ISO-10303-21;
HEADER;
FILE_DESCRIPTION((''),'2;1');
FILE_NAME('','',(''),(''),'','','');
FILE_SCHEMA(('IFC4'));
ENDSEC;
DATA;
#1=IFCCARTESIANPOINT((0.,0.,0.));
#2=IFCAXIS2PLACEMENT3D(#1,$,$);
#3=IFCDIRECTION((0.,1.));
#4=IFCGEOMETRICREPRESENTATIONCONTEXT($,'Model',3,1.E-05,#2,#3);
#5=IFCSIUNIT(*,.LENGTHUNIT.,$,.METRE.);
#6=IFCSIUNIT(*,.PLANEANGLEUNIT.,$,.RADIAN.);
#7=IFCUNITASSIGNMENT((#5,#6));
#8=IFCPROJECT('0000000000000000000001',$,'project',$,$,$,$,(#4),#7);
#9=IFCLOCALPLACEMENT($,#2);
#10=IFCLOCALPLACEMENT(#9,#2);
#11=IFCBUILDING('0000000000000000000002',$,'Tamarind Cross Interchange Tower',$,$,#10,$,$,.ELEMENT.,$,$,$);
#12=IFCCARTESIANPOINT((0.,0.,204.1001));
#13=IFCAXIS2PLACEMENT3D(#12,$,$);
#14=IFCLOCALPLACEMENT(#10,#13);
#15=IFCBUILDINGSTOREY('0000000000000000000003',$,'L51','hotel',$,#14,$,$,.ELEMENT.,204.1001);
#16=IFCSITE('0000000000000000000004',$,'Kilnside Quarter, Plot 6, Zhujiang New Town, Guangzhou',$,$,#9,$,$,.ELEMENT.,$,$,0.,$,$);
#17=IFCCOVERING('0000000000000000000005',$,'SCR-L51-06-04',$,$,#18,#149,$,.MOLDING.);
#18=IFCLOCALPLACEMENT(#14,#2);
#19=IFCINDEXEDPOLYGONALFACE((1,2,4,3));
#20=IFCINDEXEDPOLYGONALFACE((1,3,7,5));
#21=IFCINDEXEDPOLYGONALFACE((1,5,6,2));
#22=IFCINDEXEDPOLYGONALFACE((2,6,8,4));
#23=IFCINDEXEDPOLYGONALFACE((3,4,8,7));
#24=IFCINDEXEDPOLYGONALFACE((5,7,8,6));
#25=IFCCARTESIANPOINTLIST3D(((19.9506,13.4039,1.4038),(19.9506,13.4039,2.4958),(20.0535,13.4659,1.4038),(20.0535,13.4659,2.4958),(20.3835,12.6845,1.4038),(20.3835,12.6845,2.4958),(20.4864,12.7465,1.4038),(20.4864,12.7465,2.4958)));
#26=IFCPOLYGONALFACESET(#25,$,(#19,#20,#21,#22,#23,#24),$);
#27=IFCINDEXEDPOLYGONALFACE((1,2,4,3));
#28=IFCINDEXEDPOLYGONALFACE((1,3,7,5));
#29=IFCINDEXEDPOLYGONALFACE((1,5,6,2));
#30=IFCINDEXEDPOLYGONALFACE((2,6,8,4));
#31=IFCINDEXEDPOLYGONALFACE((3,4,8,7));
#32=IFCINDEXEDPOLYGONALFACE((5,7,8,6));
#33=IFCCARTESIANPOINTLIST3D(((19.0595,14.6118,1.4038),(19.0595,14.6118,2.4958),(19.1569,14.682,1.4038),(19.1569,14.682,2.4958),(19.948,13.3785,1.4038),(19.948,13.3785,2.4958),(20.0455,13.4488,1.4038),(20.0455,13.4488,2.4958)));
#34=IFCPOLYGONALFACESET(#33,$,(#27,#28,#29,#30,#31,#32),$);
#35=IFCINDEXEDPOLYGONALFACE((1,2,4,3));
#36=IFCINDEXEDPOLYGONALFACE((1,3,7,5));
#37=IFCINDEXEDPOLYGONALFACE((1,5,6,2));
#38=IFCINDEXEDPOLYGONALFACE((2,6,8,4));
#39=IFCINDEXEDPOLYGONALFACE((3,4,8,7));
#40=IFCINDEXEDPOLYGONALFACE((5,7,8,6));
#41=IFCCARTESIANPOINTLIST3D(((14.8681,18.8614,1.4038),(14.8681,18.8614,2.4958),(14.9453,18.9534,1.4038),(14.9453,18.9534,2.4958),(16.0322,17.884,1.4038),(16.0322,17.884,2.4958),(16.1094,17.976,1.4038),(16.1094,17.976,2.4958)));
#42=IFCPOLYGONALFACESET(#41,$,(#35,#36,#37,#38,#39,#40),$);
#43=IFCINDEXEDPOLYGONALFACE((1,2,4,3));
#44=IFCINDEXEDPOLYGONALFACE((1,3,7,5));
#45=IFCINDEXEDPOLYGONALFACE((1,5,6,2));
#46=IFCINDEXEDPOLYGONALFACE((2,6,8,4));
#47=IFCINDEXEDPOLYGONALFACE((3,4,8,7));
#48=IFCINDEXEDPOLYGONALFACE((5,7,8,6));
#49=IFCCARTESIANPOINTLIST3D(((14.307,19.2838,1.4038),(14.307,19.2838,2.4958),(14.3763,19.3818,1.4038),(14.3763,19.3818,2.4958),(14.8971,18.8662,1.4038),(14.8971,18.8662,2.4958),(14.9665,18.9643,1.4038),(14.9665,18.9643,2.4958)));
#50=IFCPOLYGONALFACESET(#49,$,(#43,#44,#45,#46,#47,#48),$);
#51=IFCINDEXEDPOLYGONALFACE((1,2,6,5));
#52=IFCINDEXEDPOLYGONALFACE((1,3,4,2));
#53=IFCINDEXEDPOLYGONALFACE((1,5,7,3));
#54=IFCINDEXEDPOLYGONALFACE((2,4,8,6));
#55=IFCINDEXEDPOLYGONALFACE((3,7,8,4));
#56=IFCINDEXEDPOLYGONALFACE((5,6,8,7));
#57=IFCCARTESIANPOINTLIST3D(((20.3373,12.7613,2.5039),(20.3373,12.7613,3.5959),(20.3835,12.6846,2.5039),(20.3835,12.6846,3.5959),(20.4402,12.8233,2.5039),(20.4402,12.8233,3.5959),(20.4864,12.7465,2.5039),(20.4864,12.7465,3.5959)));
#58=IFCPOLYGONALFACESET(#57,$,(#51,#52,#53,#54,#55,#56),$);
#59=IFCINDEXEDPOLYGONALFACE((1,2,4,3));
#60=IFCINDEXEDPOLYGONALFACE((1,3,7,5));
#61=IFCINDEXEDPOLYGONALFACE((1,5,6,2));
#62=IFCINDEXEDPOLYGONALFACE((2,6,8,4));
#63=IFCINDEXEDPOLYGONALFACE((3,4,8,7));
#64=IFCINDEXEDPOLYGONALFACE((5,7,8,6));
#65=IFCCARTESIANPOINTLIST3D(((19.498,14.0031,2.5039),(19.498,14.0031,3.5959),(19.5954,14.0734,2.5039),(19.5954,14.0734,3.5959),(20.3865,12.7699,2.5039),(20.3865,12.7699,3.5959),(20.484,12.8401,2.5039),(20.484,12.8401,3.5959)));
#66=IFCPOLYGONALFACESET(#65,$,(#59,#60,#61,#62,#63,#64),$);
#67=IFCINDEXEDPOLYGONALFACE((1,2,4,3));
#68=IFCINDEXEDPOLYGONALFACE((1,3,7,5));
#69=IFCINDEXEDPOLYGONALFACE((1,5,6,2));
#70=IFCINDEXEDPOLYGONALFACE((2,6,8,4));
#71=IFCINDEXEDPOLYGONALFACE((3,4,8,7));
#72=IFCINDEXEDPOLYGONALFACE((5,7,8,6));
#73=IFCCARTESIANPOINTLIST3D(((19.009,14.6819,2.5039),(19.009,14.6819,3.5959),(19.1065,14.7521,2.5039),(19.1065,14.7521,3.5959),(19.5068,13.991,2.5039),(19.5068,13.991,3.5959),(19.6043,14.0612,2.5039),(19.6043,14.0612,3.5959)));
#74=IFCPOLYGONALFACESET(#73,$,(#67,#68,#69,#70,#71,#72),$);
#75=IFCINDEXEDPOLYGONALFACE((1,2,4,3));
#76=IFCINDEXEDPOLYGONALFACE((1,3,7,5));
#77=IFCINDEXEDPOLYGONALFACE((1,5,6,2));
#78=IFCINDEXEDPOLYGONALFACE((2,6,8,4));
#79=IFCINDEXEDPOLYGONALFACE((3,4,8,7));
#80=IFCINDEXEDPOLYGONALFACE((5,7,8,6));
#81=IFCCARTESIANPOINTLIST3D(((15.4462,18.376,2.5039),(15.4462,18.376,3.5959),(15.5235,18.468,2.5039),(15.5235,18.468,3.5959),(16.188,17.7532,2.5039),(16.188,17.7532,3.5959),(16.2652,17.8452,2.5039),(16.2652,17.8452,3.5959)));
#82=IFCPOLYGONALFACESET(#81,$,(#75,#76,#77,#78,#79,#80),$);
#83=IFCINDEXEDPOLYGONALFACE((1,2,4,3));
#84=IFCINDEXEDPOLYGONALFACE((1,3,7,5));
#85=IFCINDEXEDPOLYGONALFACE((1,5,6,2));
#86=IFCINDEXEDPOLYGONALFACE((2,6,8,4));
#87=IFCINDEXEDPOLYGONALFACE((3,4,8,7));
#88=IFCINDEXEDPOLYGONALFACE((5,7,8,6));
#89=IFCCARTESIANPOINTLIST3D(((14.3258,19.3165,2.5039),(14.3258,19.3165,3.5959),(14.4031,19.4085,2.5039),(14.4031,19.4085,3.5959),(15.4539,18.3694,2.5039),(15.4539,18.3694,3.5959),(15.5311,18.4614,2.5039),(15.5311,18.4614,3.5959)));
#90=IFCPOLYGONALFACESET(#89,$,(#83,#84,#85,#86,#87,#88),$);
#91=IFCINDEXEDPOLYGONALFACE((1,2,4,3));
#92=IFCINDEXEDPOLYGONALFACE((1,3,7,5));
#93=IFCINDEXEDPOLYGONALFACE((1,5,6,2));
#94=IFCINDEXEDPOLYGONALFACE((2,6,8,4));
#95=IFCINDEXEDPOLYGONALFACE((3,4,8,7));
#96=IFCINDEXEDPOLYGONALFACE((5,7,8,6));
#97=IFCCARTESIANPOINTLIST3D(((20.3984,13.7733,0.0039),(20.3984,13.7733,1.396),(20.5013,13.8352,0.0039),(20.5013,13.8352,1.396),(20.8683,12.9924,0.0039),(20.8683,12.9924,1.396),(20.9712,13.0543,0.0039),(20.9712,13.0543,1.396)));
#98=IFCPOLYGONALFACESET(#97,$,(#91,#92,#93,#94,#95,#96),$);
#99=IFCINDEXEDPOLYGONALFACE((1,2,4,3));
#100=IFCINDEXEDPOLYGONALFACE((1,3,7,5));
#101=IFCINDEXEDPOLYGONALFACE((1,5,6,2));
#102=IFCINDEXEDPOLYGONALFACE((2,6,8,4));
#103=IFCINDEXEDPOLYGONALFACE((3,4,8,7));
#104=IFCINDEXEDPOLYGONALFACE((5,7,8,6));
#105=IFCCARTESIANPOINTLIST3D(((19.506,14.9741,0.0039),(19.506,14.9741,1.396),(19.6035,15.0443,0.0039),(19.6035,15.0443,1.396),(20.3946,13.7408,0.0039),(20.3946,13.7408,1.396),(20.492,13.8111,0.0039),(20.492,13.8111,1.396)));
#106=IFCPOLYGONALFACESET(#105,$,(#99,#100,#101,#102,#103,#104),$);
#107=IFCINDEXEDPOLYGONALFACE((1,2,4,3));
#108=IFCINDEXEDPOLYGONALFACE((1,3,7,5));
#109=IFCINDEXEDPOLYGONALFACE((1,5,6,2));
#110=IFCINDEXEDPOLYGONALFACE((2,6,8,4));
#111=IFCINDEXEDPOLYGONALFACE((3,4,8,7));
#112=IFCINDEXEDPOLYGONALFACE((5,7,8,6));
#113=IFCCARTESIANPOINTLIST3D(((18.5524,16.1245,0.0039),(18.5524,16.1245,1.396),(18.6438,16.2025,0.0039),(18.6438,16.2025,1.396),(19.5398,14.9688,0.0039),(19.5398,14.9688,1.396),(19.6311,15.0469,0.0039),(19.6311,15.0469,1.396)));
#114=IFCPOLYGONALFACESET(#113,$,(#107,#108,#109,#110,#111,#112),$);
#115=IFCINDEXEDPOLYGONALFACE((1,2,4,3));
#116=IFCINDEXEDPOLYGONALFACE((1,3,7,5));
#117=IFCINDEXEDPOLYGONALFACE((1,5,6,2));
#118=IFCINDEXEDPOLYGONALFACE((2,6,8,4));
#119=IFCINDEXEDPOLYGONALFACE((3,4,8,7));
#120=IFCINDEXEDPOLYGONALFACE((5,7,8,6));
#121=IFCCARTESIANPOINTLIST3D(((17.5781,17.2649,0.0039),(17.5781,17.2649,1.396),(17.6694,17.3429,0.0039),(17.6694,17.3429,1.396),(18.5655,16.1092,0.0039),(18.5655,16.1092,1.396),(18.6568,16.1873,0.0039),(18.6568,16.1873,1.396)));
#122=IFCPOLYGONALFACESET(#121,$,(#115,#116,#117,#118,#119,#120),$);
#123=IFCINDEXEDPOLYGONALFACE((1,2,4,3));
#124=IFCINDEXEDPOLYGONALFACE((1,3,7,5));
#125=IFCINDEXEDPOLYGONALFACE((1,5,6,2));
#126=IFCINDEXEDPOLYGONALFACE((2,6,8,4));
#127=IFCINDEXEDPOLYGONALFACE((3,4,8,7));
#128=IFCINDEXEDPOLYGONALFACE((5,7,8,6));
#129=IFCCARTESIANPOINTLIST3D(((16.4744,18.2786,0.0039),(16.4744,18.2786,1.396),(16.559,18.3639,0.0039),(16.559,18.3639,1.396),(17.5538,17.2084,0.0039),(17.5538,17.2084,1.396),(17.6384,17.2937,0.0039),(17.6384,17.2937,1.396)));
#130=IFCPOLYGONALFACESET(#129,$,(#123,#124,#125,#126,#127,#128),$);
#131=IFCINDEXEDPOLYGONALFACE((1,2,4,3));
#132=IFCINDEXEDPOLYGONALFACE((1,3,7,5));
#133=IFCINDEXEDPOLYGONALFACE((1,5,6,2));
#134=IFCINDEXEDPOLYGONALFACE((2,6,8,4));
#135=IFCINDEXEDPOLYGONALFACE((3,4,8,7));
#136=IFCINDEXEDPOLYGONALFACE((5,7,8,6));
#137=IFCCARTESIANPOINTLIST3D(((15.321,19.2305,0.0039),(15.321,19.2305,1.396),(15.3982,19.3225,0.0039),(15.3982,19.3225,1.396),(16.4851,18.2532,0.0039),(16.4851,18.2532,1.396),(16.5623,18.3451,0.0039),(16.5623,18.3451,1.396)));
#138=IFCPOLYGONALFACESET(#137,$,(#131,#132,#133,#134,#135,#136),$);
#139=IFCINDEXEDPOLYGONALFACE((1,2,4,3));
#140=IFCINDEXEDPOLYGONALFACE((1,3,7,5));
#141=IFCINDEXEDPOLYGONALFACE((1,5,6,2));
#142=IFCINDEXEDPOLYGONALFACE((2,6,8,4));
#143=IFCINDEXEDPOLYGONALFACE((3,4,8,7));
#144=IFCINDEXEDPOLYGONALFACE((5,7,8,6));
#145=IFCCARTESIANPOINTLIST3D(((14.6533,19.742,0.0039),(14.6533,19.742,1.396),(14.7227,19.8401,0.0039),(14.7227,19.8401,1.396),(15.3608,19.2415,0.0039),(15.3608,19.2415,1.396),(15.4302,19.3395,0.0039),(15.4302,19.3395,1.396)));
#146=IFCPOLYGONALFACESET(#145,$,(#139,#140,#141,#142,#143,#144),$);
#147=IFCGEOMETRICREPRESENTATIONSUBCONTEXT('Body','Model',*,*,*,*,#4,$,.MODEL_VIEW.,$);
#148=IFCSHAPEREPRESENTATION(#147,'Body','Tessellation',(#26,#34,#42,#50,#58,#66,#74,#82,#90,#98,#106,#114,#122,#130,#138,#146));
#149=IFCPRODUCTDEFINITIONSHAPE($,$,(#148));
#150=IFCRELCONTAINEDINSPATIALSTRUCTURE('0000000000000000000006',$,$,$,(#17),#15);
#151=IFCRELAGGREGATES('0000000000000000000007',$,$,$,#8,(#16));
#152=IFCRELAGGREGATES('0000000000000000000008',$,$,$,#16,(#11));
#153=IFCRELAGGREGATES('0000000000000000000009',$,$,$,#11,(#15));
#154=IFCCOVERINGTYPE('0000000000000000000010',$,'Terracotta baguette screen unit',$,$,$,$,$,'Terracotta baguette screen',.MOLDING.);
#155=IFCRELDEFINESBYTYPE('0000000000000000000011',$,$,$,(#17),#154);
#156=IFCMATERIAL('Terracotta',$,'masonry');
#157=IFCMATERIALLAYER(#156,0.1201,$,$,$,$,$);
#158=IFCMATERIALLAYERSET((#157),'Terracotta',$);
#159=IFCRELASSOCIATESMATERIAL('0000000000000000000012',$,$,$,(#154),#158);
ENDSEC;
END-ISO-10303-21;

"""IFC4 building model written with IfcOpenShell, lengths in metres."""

from ifc_helpers import new_model, si_unit, direction, frame, origin, origin_2d, place, context, subcontext, project, spatial, rectangle, extrude, material, layer, layer_set, type_object, element, save


model = new_model("IFC4")

# Units and contexts
model_context = context("Model", 3, precision=1e-05, world=origin(), true_north=direction((0.0, 1.0)))
body_context = subcontext(model_context, "Body", "Model", "MODEL_VIEW")
ifc_project = project(units=[si_unit("LENGTHUNIT", "METRE"), si_unit("PLANEANGLEUNIT", "RADIAN")], contexts=[model_context])

# Site, building, storey
site_placement = place(None, origin())
site = spatial("IfcSite", under=ifc_project, at=site_placement, Name="Kilnside Quarter, Plot 6, Zhujiang New Town, Guangzhou", CompositionType="ELEMENT", RefElevation=0.0)
building_placement = place(site_placement, origin())
building = spatial("IfcBuilding", under=site, at=building_placement, Name="Tamarind Cross Interchange Tower", CompositionType="ELEMENT")
storey_placement = place(building_placement, frame((0.0, 0.0, 204.1001)))
storey = spatial("IfcBuildingStorey", under=building, at=storey_placement, Name="L51", Description="hotel", CompositionType="ELEMENT", Elevation=204.1001)

# Covering
ifc_material_1 = material(Name="Terracotta", Category="masonry")
ifc_layer_1 = layer(ifc_material_1, 0.1201)
ifc_layer_set_1 = layer_set([ifc_layer_1], Name="Terracotta")
covering_type = type_object("IfcCoveringType", Name="Terracotta baguette screen unit", ElementType="Terracotta baguette screen", PredefinedType="MOLDING", material=ifc_layer_set_1)
covering_1_placement = place(storey_placement, origin())
element("IfcCovering", 1, at=covering_1_placement, inside=storey, type_object=covering_type, Name="SCR-L51-06-04", PredefinedType="MOLDING", context=body_context, shape_type="SweptSolid", body=[
    extrude(rectangle(XDim=0.8396, YDim=0.1201, at=origin_2d()), frame((20.2185, 13.0752, 1.4038), z_axis=(0.0, 0.0, 1.0), x_axis=(-0.515577, 0.856843, 0.0)), (0.0, 0.0, 1.0), 1.092),
    extrude(rectangle(XDim=1.52, YDim=0.1201, at=origin_2d()), frame((19.5525, 14.0303, 1.4038), z_axis=(0.0, 0.0, 1.0), x_axis=(-0.584574, 0.81134, 0.0)), (0.0, 0.0, 1.0), 1.092),
    extrude(rectangle(XDim=1.52, YDim=0.1201, at=origin_2d()), frame((15.4888, 18.4187, 1.4038), z_axis=(0.0, 0.0, 1.0), x_axis=(-0.765858, 0.643009, 0.0)), (0.0, 0.0, 1.0), 1.092),
    extrude(rectangle(XDim=0.7229, YDim=0.1201, at=origin_2d()), frame((14.6367, 19.124, 1.4038), z_axis=(0.0, 0.0, 1.0), x_axis=(-0.816342, 0.577569, 0.0)), (0.0, 0.0, 1.0), 1.092),
    extrude(rectangle(XDim=0.0896, YDim=0.1201, at=origin_2d()), frame((20.4119, 12.7539, 2.5039), z_axis=(0.0, 0.0, 1.0), x_axis=(-0.515577, 0.856843, 0.0)), (0.0, 0.0, 1.0), 1.092),
    extrude(rectangle(XDim=1.52, YDim=0.1201, at=origin_2d()), frame((19.991, 13.4216, 2.5039), z_axis=(0.0, 0.0, 1.0), x_axis=(-0.584574, 0.81134, 0.0)), (0.0, 0.0, 1.0), 1.092),
    extrude(rectangle(XDim=0.8516, YDim=0.1201, at=origin_2d()), frame((19.3066, 14.3716, 2.5039), z_axis=(0.0, 0.0, 1.0), x_axis=(-0.584574, 0.81134, 0.0)), (0.0, 0.0, 1.0), 1.092),
    extrude(rectangle(XDim=0.9685, YDim=0.1201, at=origin_2d()), frame((15.8557, 18.1106, 2.5039), z_axis=(0.0, 0.0, 1.0), x_axis=(-0.765858, 0.643009, 0.0)), (0.0, 0.0, 1.0), 1.092),
    extrude(rectangle(XDim=1.4729, YDim=0.1201, at=origin_2d()), frame((14.9285, 18.8889, 2.5039), z_axis=(0.0, 0.0, 1.0), x_axis=(-0.765858, 0.643009, 0.0)), (0.0, 0.0, 1.0), 1.092),
    extrude(rectangle(XDim=0.9114, YDim=0.1201, at=origin_2d()), frame((20.6848, 13.4138, 0.0039), z_axis=(0.0, 0.0, 1.0), x_axis=(-0.515577, 0.856843, 0.0)), (0.0, 0.0, 1.0), 1.3921),
    extrude(rectangle(XDim=1.52, YDim=0.1201, at=origin_2d()), frame((19.999, 14.3926, 0.0039), z_axis=(0.0, 0.0, 1.0), x_axis=(-0.584574, 0.81134, 0.0)), (0.0, 0.0, 1.0), 1.3921),
    extrude(rectangle(XDim=1.52, YDim=0.1201, at=origin_2d()), frame((19.0918, 15.5857, 0.0039), z_axis=(0.0, 0.0, 1.0), x_axis=(-0.649577, 0.760296, 0.0)), (0.0, 0.0, 1.0), 1.3921),
    extrude(rectangle(XDim=1.52, YDim=0.1201, at=origin_2d()), frame((18.1174, 16.7261, 0.0039), z_axis=(0.0, 0.0, 1.0), x_axis=(-0.649577, 0.760296, 0.0)), (0.0, 0.0, 1.0), 1.3921),
    extrude(rectangle(XDim=1.52, YDim=0.1201, at=origin_2d()), frame((17.0564, 17.7861, 0.0039), z_axis=(0.0, 0.0, 1.0), x_axis=(-0.710143, 0.704057, 0.0)), (0.0, 0.0, 1.0), 1.3921),
    extrude(rectangle(XDim=1.52, YDim=0.1201, at=origin_2d()), frame((15.9417, 18.7878, 0.0039), z_axis=(0.0, 0.0, 1.0), x_axis=(-0.765858, 0.643009, 0.0)), (0.0, 0.0, 1.0), 1.3921),
    extrude(rectangle(XDim=0.8667, YDim=0.1201, at=origin_2d()), frame((15.0417, 19.5408, 0.0039), z_axis=(0.0, 0.0, 1.0), x_axis=(-0.816342, 0.577569, 0.0)), (0.0, 0.0, 1.0), 1.3921),
])

save(model, "model.ifc")
